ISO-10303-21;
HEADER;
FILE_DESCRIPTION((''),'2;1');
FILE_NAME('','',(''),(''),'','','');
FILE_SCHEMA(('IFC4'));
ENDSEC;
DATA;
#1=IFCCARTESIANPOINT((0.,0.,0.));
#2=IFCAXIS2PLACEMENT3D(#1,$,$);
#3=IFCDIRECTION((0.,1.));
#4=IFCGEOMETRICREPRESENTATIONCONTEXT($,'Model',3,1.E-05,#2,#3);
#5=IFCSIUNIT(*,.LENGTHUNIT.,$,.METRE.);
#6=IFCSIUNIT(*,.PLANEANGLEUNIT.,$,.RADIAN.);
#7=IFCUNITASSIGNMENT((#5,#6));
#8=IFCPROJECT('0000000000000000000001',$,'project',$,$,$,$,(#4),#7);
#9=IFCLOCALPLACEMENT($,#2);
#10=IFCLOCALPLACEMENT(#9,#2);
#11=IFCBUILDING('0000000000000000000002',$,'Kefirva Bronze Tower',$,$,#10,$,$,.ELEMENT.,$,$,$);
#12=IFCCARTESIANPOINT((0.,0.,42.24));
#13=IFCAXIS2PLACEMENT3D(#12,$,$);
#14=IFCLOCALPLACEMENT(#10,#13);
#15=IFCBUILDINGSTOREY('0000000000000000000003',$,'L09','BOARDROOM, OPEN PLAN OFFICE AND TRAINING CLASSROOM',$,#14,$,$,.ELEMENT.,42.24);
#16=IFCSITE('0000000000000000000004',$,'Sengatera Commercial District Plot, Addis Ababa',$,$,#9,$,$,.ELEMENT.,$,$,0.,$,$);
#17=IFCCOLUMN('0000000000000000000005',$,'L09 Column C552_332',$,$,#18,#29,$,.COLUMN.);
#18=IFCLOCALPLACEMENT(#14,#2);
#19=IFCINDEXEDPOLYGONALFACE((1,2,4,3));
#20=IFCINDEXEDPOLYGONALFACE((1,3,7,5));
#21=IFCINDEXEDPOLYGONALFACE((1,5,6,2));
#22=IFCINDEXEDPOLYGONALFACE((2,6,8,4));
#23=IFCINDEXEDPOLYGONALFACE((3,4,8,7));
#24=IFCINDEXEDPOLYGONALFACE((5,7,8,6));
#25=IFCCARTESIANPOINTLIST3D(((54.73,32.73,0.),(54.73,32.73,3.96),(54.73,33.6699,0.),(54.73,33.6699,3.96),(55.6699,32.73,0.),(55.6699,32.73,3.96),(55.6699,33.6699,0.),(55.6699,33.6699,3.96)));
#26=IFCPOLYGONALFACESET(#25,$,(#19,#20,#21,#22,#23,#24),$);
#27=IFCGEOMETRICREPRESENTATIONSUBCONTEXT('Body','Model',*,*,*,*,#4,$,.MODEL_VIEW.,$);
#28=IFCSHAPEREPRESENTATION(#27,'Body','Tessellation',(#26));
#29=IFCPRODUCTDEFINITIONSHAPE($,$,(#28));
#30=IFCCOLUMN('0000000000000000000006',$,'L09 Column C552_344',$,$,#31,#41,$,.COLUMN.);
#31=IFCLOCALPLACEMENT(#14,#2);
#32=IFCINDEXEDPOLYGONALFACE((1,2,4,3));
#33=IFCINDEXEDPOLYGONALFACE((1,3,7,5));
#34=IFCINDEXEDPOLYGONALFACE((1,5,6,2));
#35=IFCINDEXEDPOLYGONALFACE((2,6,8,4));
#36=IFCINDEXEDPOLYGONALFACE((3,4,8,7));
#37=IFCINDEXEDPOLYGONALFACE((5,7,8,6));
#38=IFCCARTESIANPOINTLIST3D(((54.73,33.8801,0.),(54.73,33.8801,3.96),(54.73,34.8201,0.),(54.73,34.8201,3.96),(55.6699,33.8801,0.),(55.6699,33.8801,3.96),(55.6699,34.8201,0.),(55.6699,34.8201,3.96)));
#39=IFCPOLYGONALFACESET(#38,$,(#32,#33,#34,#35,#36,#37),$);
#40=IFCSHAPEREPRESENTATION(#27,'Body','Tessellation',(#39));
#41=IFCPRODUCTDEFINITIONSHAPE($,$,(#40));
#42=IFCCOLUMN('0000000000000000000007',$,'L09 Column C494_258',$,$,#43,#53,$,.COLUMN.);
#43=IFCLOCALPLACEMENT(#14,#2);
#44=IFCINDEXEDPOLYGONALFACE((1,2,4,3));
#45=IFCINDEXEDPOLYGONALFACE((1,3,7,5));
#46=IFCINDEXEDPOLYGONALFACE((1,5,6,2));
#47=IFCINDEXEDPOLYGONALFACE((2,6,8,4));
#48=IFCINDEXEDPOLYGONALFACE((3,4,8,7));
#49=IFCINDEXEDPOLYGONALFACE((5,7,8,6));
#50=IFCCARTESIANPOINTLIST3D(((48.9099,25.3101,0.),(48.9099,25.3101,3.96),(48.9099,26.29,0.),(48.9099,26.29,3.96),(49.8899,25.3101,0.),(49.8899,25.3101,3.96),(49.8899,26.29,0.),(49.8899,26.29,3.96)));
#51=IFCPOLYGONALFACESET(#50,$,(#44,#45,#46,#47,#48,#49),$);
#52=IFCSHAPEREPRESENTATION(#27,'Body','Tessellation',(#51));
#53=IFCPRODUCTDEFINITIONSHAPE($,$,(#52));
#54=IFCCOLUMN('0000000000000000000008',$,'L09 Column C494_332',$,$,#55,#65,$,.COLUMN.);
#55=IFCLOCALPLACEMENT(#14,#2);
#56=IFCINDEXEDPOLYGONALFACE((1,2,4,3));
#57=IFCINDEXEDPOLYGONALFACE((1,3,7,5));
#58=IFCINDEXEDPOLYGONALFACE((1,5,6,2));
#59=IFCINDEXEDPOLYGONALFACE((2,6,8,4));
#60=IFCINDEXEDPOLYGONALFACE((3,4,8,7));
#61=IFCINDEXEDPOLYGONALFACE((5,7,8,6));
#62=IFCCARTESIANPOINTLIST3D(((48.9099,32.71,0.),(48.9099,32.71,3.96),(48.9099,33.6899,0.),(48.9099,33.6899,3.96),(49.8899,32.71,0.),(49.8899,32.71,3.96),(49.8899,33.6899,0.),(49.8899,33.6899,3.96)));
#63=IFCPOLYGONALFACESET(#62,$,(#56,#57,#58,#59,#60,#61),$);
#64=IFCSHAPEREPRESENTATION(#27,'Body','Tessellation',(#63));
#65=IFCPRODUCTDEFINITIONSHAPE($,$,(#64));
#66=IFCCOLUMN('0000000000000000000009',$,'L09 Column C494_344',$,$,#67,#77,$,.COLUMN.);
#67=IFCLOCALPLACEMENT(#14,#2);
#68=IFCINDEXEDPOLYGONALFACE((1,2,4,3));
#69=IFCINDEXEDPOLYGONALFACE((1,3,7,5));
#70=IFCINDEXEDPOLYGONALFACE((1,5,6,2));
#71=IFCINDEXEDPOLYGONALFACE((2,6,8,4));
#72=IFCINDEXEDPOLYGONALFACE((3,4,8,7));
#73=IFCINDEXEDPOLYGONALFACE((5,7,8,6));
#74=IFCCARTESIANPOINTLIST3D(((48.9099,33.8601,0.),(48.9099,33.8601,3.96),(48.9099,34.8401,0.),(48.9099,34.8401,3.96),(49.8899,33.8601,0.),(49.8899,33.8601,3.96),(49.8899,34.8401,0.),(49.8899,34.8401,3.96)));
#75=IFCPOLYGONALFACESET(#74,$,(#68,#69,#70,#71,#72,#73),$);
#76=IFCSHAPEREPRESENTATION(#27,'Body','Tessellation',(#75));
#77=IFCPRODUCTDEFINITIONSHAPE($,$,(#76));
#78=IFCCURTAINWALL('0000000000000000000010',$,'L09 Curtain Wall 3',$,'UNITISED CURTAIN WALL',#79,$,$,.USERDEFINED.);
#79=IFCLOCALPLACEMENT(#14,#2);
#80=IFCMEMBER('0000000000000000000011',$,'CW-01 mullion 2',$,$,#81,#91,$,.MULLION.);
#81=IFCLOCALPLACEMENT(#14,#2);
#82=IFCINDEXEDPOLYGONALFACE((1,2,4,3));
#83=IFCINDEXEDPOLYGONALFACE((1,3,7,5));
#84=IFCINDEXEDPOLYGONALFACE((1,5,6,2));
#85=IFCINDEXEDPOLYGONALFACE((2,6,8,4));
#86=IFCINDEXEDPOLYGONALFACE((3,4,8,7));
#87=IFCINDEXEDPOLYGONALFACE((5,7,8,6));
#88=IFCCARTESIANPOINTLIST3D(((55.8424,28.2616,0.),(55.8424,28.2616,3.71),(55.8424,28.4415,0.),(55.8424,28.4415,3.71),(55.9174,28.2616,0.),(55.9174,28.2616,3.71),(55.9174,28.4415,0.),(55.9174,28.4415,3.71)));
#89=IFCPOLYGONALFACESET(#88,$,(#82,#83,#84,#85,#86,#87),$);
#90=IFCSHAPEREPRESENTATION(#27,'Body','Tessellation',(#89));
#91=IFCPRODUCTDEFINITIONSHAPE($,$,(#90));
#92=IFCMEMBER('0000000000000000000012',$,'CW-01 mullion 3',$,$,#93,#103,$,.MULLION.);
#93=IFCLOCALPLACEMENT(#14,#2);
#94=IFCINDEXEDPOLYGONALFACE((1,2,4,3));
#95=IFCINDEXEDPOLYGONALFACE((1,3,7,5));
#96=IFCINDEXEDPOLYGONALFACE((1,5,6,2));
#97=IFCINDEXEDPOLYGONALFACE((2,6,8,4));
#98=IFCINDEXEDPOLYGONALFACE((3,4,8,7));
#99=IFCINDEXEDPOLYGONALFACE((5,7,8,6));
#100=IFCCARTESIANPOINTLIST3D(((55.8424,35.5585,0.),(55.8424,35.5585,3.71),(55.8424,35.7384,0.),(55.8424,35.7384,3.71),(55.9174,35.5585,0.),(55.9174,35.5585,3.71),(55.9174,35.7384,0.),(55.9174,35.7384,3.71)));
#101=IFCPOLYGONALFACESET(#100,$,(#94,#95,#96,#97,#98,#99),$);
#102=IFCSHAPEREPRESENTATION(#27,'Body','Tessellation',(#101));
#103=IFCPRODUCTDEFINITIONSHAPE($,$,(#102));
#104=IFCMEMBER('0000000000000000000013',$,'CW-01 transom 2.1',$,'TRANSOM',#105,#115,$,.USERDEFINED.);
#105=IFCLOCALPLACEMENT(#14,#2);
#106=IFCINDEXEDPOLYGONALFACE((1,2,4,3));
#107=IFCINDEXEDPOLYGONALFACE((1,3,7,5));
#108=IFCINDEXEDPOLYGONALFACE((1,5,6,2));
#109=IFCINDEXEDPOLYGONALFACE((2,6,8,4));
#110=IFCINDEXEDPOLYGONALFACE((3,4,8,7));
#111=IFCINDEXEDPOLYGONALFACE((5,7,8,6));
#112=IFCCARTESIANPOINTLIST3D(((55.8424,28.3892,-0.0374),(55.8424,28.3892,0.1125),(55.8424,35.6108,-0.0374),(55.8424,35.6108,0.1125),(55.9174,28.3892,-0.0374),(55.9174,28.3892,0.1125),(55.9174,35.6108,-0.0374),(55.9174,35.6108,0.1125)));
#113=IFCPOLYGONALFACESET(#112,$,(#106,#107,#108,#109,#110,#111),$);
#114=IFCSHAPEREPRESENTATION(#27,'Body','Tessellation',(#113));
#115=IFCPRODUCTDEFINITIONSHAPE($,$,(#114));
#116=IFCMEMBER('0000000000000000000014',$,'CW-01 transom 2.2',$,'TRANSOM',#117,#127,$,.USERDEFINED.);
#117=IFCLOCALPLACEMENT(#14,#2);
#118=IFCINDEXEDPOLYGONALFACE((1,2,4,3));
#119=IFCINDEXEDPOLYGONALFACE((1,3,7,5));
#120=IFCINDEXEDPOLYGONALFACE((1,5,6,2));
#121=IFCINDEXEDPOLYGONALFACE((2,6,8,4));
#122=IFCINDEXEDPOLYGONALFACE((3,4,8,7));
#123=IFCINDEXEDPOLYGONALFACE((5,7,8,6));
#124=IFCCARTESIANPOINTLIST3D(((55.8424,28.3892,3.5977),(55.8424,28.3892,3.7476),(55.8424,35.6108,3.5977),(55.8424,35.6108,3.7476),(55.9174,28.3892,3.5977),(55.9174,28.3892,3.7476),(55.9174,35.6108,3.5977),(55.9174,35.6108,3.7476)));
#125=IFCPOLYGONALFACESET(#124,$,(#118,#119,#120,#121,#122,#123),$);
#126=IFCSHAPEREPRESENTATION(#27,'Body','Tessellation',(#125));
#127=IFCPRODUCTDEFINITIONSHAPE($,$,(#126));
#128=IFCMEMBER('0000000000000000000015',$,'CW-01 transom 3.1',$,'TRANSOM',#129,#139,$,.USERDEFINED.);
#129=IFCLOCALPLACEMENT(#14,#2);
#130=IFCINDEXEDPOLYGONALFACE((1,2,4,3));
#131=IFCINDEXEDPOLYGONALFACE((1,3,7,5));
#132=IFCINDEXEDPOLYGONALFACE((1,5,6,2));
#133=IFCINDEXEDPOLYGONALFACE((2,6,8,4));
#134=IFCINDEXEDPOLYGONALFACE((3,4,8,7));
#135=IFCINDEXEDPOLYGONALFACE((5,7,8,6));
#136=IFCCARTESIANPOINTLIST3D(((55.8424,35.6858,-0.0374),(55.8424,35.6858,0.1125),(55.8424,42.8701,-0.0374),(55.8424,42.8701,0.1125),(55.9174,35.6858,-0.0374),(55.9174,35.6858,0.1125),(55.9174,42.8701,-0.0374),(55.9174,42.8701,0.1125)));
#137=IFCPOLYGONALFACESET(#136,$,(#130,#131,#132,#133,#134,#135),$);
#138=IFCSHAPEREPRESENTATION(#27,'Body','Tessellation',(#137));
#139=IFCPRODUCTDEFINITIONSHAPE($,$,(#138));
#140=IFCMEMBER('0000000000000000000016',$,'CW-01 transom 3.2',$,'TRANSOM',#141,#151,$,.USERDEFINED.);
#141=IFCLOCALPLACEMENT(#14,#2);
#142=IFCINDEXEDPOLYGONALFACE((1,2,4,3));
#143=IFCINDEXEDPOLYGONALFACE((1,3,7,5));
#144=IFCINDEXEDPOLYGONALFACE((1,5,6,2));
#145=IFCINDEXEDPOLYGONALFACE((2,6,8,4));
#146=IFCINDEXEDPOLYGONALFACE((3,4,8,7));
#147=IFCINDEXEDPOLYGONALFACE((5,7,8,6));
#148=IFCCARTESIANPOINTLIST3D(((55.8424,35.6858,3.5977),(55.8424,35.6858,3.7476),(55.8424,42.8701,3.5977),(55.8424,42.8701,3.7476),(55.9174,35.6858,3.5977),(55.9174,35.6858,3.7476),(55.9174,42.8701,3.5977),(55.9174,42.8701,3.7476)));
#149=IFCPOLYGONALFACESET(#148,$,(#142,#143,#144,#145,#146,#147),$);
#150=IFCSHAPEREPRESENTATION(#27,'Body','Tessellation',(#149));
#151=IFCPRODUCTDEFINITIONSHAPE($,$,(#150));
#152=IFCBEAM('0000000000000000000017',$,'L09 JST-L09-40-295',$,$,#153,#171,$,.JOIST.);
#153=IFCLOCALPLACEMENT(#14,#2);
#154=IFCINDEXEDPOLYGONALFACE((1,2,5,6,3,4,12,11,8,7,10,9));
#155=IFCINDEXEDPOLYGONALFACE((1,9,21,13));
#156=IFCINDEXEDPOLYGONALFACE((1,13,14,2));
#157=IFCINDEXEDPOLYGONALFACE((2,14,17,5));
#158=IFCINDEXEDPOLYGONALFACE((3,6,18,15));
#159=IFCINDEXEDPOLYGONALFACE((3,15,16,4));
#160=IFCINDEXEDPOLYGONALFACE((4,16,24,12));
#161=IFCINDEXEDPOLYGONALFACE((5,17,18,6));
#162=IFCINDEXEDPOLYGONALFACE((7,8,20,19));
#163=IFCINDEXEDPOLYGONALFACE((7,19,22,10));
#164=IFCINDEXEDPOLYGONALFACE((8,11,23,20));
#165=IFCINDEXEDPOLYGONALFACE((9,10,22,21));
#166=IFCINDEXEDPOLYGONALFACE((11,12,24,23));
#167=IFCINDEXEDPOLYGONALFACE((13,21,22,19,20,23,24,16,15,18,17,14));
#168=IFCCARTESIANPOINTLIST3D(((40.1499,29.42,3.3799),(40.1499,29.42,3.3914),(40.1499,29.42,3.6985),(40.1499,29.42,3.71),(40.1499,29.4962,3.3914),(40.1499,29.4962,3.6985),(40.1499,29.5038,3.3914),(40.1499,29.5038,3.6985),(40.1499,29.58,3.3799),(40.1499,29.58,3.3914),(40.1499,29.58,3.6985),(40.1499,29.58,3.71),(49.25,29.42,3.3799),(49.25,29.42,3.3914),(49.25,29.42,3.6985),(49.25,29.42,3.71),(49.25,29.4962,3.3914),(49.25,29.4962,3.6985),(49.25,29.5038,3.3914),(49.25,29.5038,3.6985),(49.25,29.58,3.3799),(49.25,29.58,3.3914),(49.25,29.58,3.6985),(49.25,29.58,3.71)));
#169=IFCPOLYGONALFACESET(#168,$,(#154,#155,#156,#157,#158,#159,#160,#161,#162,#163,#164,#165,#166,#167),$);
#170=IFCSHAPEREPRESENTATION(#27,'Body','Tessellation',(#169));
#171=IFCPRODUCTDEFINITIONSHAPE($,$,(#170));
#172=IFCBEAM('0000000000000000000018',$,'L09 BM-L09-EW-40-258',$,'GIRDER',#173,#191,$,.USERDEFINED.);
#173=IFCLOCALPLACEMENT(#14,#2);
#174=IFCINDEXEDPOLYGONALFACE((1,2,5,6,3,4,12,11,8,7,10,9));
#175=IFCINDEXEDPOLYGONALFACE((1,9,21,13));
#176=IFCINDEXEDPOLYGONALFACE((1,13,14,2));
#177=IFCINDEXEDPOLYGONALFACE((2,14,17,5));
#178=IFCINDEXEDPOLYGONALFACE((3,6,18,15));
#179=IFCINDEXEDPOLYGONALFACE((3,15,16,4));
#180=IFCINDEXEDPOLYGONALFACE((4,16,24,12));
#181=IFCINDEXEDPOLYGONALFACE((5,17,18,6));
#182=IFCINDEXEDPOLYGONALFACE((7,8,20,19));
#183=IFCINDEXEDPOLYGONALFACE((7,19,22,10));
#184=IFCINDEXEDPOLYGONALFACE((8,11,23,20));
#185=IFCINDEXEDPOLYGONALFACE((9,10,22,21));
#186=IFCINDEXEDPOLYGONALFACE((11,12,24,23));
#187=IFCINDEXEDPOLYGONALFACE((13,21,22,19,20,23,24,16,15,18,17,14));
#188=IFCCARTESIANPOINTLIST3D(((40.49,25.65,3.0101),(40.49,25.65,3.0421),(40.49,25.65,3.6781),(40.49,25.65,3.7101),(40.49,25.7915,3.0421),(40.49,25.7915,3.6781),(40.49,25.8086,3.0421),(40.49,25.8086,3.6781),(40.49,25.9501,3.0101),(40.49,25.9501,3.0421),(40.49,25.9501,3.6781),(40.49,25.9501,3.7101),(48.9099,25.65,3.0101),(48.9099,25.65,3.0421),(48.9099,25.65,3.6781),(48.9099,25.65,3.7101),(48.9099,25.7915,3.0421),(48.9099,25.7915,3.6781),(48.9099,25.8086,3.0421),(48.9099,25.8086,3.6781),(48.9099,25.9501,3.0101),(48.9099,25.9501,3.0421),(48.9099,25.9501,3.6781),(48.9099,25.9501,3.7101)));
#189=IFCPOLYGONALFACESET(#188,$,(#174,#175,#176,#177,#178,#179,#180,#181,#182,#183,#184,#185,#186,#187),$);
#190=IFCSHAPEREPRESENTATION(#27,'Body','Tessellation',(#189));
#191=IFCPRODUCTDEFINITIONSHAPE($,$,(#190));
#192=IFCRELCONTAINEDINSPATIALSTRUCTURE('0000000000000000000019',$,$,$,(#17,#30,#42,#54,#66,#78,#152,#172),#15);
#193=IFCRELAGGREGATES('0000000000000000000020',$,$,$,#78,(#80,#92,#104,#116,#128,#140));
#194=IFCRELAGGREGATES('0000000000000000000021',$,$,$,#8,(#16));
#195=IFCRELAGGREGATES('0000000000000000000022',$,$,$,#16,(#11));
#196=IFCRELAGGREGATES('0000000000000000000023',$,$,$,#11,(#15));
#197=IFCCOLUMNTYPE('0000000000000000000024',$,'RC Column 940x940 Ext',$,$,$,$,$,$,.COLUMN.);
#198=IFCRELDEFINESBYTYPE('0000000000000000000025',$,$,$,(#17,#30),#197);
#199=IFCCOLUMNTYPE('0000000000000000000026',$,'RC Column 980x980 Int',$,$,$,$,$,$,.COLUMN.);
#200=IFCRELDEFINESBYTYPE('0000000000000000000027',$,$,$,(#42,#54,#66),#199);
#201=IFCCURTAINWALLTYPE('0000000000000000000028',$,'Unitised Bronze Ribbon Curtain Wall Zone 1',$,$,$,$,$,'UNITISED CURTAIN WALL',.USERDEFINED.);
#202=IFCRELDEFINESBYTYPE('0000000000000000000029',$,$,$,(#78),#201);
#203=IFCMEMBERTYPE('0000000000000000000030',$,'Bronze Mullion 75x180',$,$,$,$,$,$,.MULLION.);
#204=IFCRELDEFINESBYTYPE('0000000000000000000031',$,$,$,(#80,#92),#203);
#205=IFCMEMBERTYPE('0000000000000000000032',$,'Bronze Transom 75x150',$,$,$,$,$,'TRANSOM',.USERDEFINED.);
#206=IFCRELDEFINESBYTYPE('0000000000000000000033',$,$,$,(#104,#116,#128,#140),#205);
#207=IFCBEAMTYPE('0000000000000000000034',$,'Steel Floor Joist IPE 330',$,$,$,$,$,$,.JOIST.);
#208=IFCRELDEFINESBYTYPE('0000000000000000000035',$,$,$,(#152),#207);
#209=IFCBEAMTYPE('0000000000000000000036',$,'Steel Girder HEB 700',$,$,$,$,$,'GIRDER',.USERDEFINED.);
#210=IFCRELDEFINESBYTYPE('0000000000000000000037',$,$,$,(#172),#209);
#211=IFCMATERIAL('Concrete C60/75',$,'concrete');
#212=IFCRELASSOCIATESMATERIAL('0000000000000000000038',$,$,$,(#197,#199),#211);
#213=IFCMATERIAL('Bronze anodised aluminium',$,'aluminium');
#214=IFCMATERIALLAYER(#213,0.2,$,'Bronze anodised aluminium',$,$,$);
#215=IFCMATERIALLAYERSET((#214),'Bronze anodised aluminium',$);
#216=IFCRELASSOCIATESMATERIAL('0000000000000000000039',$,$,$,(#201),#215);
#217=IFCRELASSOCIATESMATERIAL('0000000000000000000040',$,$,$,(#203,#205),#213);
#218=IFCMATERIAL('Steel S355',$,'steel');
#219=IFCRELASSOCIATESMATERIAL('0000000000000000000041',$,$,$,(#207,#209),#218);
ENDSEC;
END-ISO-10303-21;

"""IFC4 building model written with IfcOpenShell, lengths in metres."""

from ifc_helpers import new_model, si_unit, direction, frame, origin, origin_2d, place, context, subcontext, project, spatial, rectangle, i_section, extrude, material, layer, layer_set, material_profile, profile_set, type_object, element, aggregate, save


model = new_model("IFC4")

# Units and contexts
model_context = context("Model", 3, precision=1e-05, world=origin(), true_north=direction((0.0, 1.0)))
body_context = subcontext(model_context, "Body", "Model", "MODEL_VIEW")
ifc_project = project(units=[si_unit("LENGTHUNIT", "METRE"), si_unit("PLANEANGLEUNIT", "RADIAN")], contexts=[model_context])

# Site, building, storey
site_placement = place(None, origin())
site = spatial("IfcSite", under=ifc_project, at=site_placement, Name="Sengatera Commercial District Plot, Addis Ababa", CompositionType="ELEMENT", RefElevation=0.0)
building_placement = place(site_placement, origin())
building = spatial("IfcBuilding", under=site, at=building_placement, Name="Kefirva Bronze Tower", CompositionType="ELEMENT")
storey_placement = place(building_placement, frame((0.0, 0.0, 42.24)))
storey = spatial("IfcBuildingStorey", under=building, at=storey_placement, Name="L09", Description="BOARDROOM, OPEN PLAN OFFICE AND TRAINING CLASSROOM", CompositionType="ELEMENT", Elevation=42.24)

# Columns
ifc_material_1 = material(Name="Concrete C60/75", Category="concrete")
ifc_material_profile_1 = material_profile(ifc_material_1, rectangle(XDim=0.9399, YDim=0.9399, at=origin_2d()), Name="RC 940x940")
ifc_profile_set_1 = profile_set([ifc_material_profile_1], Name="Concrete C60/75")
column_type_1 = type_object("IfcColumnType", Name="RC Column 940x940 Ext", PredefinedType="COLUMN", material=ifc_profile_set_1)
for number, where, z_axis, x_axis, name in (
    (1, (55.2, 33.2, 0.0), (0.0, 0.0, 1.0), (1.0, 0.0, 0.0), "L09 Column C552_332"),
    (2, (55.2, 34.3501, 0.0), (0.0, 0.0, 1.0), (1.0, 0.0, 0.0), "L09 Column C552_344"),
):
    element("IfcColumn", number, at=place(storey_placement, frame(where, z_axis=z_axis, x_axis=x_axis)), inside=storey, type_object=column_type_1, Name=name, PredefinedType="COLUMN", context=body_context, shape_type="SweptSolid", body=[
        extrude(rectangle(XDim=0.9399, YDim=0.9399, at=origin_2d()), origin(), (0.0, 0.0, 1.0), 3.96),
    ])
ifc_material_profile_2 = material_profile(ifc_material_1, rectangle(XDim=0.98, YDim=0.98, at=origin_2d()), Name="RC 980x980")
ifc_profile_set_2 = profile_set([ifc_material_profile_2], Name="Concrete C60/75")
column_type_2 = type_object("IfcColumnType", Name="RC Column 980x980 Int", PredefinedType="COLUMN", material=ifc_profile_set_2)
for number, where, z_axis, x_axis, name in (
    (3, (49.3999, 25.8, 0.0), (0.0, 0.0, 1.0), (1.0, 0.0, 0.0), "L09 Column C494_258"),
    (4, (49.3999, 33.2, 0.0), (0.0, 0.0, 1.0), (1.0, 0.0, 0.0), "L09 Column C494_332"),
    (5, (49.3999, 34.3501, 0.0), (0.0, 0.0, 1.0), (1.0, 0.0, 0.0), "L09 Column C494_344"),
):
    element("IfcColumn", number, at=place(storey_placement, frame(where, z_axis=z_axis, x_axis=x_axis)), inside=storey, type_object=column_type_2, Name=name, PredefinedType="COLUMN", context=body_context, shape_type="SweptSolid", body=[
        extrude(rectangle(XDim=0.98, YDim=0.98, at=origin_2d()), origin(), (0.0, 0.0, 1.0), 3.96),
    ])

# Curtain wall, members
ifc_material_2 = material(Name="Bronze anodised aluminium", Category="aluminium")
ifc_layer_1 = layer(ifc_material_2, 0.2, Name="Bronze anodised aluminium")
ifc_layer_set_1 = layer_set([ifc_layer_1], Name="Bronze anodised aluminium")
curtain_wall_type = type_object("IfcCurtainWallType", Name="Unitised Bronze Ribbon Curtain Wall Zone 1", ElementType="UNITISED CURTAIN WALL", PredefinedType="USERDEFINED", material=ifc_layer_set_1)
curtain_wall_placement = place(storey_placement, origin())
curtain_wall = element("IfcCurtainWall", 6, at=curtain_wall_placement, inside=storey, type_object=curtain_wall_type, Name="L09 Curtain Wall 3", ObjectType="UNITISED CURTAIN WALL", PredefinedType="USERDEFINED")
ifc_material_profile_3 = material_profile(ifc_material_2, rectangle(XDim=0.075, YDim=0.1799, at=origin_2d()), Name="ALU 75x180")
ifc_profile_set_3 = profile_set([ifc_material_profile_3], Name="Bronze anodised aluminium")
member_type_1 = type_object("IfcMemberType", Name="Bronze Mullion 75x180", PredefinedType="MULLION", material=ifc_profile_set_3)
member_1_placement = place(storey_placement, frame((55.8799, 28.3516, 0.0), z_axis=(0.0, 0.0, 1.0), x_axis=(-1.0, 0.0, 0.0)))
member_1 = element("IfcMember", 7, at=member_1_placement, type_object=member_type_1, Name="CW-01 mullion 2", PredefinedType="MULLION", context=body_context, shape_type="SweptSolid", body=[
    extrude(rectangle(XDim=0.075, YDim=0.1799, at=origin_2d()), origin(), (0.0, 0.0, 1.0), 3.71),
])
member_2_placement = place(storey_placement, frame((55.8799, 35.6484, 0.0), z_axis=(0.0, 0.0, 1.0), x_axis=(-1.0, 0.0, 0.0)))
member_2 = element("IfcMember", 8, at=member_2_placement, type_object=member_type_1, Name="CW-01 mullion 3", PredefinedType="MULLION", context=body_context, shape_type="SweptSolid", body=[
    extrude(rectangle(XDim=0.075, YDim=0.1799, at=origin_2d()), origin(), (0.0, 0.0, 1.0), 3.71),
])
ifc_material_profile_4 = material_profile(ifc_material_2, rectangle(XDim=0.075, YDim=0.1499, at=origin_2d()), Name="ALU 75x150")
ifc_profile_set_4 = profile_set([ifc_material_profile_4], Name="Bronze anodised aluminium")
member_type_2 = type_object("IfcMemberType", Name="Bronze Transom 75x150", ElementType="TRANSOM", PredefinedType="USERDEFINED", material=ifc_profile_set_4)
member_3_placement = place(storey_placement, frame((55.8799, 28.3892, 0.0376), z_axis=(0.0, 1.0, 0.0), x_axis=(-1.0, 0.0, 0.0)))
member_3 = element("IfcMember", 9, at=member_3_placement, type_object=member_type_2, Name="CW-01 transom 2.1", ObjectType="TRANSOM", PredefinedType="USERDEFINED", context=body_context, shape_type="SweptSolid", body=[
    extrude(rectangle(XDim=0.075, YDim=0.1499, at=origin_2d()), origin(), (0.0, 0.0, 1.0), 7.2217),
])
member_4_placement = place(storey_placement, frame((55.8799, 28.3892, 3.6726), z_axis=(0.0, 1.0, 0.0), x_axis=(-1.0, 0.0, 0.0)))
member_4 = element("IfcMember", 10, at=member_4_placement, type_object=member_type_2, Name="CW-01 transom 2.2", ObjectType="TRANSOM", PredefinedType="USERDEFINED", context=body_context, shape_type="SweptSolid", body=[
    extrude(rectangle(XDim=0.075, YDim=0.1499, at=origin_2d()), origin(), (0.0, 0.0, 1.0), 7.2217),
])
member_5_placement = place(storey_placement, frame((55.8799, 35.6858, 0.0376), z_axis=(0.0, 1.0, 0.0), x_axis=(-1.0, 0.0, 0.0)))
member_5 = element("IfcMember", 11, at=member_5_placement, type_object=member_type_2, Name="CW-01 transom 3.1", ObjectType="TRANSOM", PredefinedType="USERDEFINED", context=body_context, shape_type="SweptSolid", body=[
    extrude(rectangle(XDim=0.075, YDim=0.1499, at=origin_2d()), origin(), (0.0, 0.0, 1.0), 7.1843),
])
member_6_placement = place(storey_placement, frame((55.8799, 35.6858, 3.6726), z_axis=(0.0, 1.0, 0.0), x_axis=(-1.0, 0.0, 0.0)))
member_6 = element("IfcMember", 12, at=member_6_placement, type_object=member_type_2, Name="CW-01 transom 3.2", ObjectType="TRANSOM", PredefinedType="USERDEFINED", context=body_context, shape_type="SweptSolid", body=[
    extrude(rectangle(XDim=0.075, YDim=0.1499, at=origin_2d()), origin(), (0.0, 0.0, 1.0), 7.1843),
])

# Beams
ifc_material_3 = material(Name="Steel S355", Category="steel")
ifc_material_profile_5 = material_profile(ifc_material_3, i_section(OverallWidth=0.1599, OverallDepth=0.3301, WebThickness=0.0076, FlangeThickness=0.0115, at=origin_2d()), Name="IPE 330")
ifc_profile_set_5 = profile_set([ifc_material_profile_5], Name="Steel S355")
beam_type_1 = type_object("IfcBeamType", Name="Steel Floor Joist IPE 330", PredefinedType="JOIST", material=ifc_profile_set_5)
beam_1_placement = place(storey_placement, frame((40.1499, 29.5, 3.5449), z_axis=(1.0, 0.0, 0.0), x_axis=(0.0, 1.0, 0.0)))
element("IfcBeam", 13, at=beam_1_placement, inside=storey, type_object=beam_type_1, Name="L09 JST-L09-40-295", PredefinedType="JOIST", context=body_context, shape_type="SweptSolid", body=[
    extrude(i_section(OverallWidth=0.1599, OverallDepth=0.3301, WebThickness=0.0076, FlangeThickness=0.0115, at=origin_2d()), origin(), (0.0, 0.0, 1.0), 9.1001),
])
ifc_material_profile_6 = material_profile(ifc_material_3, i_section(OverallWidth=0.3, OverallDepth=0.7, WebThickness=0.0171, FlangeThickness=0.032, at=origin_2d()), Name="HEB 700")
ifc_profile_set_6 = profile_set([ifc_material_profile_6], Name="Steel S355")
beam_type_2 = type_object("IfcBeamType", Name="Steel Girder HEB 700", ElementType="GIRDER", PredefinedType="USERDEFINED", material=ifc_profile_set_6)
for number, where, z_axis, x_axis, name in (
    (14, (40.49, 25.8, 3.3601), (1.0, 0.0, 0.0), (0.0, 1.0, 0.0), "L09 BM-L09-EW-40-258"),
):
    element("IfcBeam", number, at=place(storey_placement, frame(where, z_axis=z_axis, x_axis=x_axis)), inside=storey, type_object=beam_type_2, Name=name, ObjectType="GIRDER", PredefinedType="USERDEFINED", context=body_context, shape_type="SweptSolid", body=[
        extrude(i_section(OverallWidth=0.3, OverallDepth=0.7, WebThickness=0.0171, FlangeThickness=0.032, at=origin_2d()), origin(), (0.0, 0.0, 1.0), 8.4199),
    ])

aggregate(curtain_wall, [member_1, member_2, member_3, member_4, member_5, member_6])

save(model, "model.ifc")
